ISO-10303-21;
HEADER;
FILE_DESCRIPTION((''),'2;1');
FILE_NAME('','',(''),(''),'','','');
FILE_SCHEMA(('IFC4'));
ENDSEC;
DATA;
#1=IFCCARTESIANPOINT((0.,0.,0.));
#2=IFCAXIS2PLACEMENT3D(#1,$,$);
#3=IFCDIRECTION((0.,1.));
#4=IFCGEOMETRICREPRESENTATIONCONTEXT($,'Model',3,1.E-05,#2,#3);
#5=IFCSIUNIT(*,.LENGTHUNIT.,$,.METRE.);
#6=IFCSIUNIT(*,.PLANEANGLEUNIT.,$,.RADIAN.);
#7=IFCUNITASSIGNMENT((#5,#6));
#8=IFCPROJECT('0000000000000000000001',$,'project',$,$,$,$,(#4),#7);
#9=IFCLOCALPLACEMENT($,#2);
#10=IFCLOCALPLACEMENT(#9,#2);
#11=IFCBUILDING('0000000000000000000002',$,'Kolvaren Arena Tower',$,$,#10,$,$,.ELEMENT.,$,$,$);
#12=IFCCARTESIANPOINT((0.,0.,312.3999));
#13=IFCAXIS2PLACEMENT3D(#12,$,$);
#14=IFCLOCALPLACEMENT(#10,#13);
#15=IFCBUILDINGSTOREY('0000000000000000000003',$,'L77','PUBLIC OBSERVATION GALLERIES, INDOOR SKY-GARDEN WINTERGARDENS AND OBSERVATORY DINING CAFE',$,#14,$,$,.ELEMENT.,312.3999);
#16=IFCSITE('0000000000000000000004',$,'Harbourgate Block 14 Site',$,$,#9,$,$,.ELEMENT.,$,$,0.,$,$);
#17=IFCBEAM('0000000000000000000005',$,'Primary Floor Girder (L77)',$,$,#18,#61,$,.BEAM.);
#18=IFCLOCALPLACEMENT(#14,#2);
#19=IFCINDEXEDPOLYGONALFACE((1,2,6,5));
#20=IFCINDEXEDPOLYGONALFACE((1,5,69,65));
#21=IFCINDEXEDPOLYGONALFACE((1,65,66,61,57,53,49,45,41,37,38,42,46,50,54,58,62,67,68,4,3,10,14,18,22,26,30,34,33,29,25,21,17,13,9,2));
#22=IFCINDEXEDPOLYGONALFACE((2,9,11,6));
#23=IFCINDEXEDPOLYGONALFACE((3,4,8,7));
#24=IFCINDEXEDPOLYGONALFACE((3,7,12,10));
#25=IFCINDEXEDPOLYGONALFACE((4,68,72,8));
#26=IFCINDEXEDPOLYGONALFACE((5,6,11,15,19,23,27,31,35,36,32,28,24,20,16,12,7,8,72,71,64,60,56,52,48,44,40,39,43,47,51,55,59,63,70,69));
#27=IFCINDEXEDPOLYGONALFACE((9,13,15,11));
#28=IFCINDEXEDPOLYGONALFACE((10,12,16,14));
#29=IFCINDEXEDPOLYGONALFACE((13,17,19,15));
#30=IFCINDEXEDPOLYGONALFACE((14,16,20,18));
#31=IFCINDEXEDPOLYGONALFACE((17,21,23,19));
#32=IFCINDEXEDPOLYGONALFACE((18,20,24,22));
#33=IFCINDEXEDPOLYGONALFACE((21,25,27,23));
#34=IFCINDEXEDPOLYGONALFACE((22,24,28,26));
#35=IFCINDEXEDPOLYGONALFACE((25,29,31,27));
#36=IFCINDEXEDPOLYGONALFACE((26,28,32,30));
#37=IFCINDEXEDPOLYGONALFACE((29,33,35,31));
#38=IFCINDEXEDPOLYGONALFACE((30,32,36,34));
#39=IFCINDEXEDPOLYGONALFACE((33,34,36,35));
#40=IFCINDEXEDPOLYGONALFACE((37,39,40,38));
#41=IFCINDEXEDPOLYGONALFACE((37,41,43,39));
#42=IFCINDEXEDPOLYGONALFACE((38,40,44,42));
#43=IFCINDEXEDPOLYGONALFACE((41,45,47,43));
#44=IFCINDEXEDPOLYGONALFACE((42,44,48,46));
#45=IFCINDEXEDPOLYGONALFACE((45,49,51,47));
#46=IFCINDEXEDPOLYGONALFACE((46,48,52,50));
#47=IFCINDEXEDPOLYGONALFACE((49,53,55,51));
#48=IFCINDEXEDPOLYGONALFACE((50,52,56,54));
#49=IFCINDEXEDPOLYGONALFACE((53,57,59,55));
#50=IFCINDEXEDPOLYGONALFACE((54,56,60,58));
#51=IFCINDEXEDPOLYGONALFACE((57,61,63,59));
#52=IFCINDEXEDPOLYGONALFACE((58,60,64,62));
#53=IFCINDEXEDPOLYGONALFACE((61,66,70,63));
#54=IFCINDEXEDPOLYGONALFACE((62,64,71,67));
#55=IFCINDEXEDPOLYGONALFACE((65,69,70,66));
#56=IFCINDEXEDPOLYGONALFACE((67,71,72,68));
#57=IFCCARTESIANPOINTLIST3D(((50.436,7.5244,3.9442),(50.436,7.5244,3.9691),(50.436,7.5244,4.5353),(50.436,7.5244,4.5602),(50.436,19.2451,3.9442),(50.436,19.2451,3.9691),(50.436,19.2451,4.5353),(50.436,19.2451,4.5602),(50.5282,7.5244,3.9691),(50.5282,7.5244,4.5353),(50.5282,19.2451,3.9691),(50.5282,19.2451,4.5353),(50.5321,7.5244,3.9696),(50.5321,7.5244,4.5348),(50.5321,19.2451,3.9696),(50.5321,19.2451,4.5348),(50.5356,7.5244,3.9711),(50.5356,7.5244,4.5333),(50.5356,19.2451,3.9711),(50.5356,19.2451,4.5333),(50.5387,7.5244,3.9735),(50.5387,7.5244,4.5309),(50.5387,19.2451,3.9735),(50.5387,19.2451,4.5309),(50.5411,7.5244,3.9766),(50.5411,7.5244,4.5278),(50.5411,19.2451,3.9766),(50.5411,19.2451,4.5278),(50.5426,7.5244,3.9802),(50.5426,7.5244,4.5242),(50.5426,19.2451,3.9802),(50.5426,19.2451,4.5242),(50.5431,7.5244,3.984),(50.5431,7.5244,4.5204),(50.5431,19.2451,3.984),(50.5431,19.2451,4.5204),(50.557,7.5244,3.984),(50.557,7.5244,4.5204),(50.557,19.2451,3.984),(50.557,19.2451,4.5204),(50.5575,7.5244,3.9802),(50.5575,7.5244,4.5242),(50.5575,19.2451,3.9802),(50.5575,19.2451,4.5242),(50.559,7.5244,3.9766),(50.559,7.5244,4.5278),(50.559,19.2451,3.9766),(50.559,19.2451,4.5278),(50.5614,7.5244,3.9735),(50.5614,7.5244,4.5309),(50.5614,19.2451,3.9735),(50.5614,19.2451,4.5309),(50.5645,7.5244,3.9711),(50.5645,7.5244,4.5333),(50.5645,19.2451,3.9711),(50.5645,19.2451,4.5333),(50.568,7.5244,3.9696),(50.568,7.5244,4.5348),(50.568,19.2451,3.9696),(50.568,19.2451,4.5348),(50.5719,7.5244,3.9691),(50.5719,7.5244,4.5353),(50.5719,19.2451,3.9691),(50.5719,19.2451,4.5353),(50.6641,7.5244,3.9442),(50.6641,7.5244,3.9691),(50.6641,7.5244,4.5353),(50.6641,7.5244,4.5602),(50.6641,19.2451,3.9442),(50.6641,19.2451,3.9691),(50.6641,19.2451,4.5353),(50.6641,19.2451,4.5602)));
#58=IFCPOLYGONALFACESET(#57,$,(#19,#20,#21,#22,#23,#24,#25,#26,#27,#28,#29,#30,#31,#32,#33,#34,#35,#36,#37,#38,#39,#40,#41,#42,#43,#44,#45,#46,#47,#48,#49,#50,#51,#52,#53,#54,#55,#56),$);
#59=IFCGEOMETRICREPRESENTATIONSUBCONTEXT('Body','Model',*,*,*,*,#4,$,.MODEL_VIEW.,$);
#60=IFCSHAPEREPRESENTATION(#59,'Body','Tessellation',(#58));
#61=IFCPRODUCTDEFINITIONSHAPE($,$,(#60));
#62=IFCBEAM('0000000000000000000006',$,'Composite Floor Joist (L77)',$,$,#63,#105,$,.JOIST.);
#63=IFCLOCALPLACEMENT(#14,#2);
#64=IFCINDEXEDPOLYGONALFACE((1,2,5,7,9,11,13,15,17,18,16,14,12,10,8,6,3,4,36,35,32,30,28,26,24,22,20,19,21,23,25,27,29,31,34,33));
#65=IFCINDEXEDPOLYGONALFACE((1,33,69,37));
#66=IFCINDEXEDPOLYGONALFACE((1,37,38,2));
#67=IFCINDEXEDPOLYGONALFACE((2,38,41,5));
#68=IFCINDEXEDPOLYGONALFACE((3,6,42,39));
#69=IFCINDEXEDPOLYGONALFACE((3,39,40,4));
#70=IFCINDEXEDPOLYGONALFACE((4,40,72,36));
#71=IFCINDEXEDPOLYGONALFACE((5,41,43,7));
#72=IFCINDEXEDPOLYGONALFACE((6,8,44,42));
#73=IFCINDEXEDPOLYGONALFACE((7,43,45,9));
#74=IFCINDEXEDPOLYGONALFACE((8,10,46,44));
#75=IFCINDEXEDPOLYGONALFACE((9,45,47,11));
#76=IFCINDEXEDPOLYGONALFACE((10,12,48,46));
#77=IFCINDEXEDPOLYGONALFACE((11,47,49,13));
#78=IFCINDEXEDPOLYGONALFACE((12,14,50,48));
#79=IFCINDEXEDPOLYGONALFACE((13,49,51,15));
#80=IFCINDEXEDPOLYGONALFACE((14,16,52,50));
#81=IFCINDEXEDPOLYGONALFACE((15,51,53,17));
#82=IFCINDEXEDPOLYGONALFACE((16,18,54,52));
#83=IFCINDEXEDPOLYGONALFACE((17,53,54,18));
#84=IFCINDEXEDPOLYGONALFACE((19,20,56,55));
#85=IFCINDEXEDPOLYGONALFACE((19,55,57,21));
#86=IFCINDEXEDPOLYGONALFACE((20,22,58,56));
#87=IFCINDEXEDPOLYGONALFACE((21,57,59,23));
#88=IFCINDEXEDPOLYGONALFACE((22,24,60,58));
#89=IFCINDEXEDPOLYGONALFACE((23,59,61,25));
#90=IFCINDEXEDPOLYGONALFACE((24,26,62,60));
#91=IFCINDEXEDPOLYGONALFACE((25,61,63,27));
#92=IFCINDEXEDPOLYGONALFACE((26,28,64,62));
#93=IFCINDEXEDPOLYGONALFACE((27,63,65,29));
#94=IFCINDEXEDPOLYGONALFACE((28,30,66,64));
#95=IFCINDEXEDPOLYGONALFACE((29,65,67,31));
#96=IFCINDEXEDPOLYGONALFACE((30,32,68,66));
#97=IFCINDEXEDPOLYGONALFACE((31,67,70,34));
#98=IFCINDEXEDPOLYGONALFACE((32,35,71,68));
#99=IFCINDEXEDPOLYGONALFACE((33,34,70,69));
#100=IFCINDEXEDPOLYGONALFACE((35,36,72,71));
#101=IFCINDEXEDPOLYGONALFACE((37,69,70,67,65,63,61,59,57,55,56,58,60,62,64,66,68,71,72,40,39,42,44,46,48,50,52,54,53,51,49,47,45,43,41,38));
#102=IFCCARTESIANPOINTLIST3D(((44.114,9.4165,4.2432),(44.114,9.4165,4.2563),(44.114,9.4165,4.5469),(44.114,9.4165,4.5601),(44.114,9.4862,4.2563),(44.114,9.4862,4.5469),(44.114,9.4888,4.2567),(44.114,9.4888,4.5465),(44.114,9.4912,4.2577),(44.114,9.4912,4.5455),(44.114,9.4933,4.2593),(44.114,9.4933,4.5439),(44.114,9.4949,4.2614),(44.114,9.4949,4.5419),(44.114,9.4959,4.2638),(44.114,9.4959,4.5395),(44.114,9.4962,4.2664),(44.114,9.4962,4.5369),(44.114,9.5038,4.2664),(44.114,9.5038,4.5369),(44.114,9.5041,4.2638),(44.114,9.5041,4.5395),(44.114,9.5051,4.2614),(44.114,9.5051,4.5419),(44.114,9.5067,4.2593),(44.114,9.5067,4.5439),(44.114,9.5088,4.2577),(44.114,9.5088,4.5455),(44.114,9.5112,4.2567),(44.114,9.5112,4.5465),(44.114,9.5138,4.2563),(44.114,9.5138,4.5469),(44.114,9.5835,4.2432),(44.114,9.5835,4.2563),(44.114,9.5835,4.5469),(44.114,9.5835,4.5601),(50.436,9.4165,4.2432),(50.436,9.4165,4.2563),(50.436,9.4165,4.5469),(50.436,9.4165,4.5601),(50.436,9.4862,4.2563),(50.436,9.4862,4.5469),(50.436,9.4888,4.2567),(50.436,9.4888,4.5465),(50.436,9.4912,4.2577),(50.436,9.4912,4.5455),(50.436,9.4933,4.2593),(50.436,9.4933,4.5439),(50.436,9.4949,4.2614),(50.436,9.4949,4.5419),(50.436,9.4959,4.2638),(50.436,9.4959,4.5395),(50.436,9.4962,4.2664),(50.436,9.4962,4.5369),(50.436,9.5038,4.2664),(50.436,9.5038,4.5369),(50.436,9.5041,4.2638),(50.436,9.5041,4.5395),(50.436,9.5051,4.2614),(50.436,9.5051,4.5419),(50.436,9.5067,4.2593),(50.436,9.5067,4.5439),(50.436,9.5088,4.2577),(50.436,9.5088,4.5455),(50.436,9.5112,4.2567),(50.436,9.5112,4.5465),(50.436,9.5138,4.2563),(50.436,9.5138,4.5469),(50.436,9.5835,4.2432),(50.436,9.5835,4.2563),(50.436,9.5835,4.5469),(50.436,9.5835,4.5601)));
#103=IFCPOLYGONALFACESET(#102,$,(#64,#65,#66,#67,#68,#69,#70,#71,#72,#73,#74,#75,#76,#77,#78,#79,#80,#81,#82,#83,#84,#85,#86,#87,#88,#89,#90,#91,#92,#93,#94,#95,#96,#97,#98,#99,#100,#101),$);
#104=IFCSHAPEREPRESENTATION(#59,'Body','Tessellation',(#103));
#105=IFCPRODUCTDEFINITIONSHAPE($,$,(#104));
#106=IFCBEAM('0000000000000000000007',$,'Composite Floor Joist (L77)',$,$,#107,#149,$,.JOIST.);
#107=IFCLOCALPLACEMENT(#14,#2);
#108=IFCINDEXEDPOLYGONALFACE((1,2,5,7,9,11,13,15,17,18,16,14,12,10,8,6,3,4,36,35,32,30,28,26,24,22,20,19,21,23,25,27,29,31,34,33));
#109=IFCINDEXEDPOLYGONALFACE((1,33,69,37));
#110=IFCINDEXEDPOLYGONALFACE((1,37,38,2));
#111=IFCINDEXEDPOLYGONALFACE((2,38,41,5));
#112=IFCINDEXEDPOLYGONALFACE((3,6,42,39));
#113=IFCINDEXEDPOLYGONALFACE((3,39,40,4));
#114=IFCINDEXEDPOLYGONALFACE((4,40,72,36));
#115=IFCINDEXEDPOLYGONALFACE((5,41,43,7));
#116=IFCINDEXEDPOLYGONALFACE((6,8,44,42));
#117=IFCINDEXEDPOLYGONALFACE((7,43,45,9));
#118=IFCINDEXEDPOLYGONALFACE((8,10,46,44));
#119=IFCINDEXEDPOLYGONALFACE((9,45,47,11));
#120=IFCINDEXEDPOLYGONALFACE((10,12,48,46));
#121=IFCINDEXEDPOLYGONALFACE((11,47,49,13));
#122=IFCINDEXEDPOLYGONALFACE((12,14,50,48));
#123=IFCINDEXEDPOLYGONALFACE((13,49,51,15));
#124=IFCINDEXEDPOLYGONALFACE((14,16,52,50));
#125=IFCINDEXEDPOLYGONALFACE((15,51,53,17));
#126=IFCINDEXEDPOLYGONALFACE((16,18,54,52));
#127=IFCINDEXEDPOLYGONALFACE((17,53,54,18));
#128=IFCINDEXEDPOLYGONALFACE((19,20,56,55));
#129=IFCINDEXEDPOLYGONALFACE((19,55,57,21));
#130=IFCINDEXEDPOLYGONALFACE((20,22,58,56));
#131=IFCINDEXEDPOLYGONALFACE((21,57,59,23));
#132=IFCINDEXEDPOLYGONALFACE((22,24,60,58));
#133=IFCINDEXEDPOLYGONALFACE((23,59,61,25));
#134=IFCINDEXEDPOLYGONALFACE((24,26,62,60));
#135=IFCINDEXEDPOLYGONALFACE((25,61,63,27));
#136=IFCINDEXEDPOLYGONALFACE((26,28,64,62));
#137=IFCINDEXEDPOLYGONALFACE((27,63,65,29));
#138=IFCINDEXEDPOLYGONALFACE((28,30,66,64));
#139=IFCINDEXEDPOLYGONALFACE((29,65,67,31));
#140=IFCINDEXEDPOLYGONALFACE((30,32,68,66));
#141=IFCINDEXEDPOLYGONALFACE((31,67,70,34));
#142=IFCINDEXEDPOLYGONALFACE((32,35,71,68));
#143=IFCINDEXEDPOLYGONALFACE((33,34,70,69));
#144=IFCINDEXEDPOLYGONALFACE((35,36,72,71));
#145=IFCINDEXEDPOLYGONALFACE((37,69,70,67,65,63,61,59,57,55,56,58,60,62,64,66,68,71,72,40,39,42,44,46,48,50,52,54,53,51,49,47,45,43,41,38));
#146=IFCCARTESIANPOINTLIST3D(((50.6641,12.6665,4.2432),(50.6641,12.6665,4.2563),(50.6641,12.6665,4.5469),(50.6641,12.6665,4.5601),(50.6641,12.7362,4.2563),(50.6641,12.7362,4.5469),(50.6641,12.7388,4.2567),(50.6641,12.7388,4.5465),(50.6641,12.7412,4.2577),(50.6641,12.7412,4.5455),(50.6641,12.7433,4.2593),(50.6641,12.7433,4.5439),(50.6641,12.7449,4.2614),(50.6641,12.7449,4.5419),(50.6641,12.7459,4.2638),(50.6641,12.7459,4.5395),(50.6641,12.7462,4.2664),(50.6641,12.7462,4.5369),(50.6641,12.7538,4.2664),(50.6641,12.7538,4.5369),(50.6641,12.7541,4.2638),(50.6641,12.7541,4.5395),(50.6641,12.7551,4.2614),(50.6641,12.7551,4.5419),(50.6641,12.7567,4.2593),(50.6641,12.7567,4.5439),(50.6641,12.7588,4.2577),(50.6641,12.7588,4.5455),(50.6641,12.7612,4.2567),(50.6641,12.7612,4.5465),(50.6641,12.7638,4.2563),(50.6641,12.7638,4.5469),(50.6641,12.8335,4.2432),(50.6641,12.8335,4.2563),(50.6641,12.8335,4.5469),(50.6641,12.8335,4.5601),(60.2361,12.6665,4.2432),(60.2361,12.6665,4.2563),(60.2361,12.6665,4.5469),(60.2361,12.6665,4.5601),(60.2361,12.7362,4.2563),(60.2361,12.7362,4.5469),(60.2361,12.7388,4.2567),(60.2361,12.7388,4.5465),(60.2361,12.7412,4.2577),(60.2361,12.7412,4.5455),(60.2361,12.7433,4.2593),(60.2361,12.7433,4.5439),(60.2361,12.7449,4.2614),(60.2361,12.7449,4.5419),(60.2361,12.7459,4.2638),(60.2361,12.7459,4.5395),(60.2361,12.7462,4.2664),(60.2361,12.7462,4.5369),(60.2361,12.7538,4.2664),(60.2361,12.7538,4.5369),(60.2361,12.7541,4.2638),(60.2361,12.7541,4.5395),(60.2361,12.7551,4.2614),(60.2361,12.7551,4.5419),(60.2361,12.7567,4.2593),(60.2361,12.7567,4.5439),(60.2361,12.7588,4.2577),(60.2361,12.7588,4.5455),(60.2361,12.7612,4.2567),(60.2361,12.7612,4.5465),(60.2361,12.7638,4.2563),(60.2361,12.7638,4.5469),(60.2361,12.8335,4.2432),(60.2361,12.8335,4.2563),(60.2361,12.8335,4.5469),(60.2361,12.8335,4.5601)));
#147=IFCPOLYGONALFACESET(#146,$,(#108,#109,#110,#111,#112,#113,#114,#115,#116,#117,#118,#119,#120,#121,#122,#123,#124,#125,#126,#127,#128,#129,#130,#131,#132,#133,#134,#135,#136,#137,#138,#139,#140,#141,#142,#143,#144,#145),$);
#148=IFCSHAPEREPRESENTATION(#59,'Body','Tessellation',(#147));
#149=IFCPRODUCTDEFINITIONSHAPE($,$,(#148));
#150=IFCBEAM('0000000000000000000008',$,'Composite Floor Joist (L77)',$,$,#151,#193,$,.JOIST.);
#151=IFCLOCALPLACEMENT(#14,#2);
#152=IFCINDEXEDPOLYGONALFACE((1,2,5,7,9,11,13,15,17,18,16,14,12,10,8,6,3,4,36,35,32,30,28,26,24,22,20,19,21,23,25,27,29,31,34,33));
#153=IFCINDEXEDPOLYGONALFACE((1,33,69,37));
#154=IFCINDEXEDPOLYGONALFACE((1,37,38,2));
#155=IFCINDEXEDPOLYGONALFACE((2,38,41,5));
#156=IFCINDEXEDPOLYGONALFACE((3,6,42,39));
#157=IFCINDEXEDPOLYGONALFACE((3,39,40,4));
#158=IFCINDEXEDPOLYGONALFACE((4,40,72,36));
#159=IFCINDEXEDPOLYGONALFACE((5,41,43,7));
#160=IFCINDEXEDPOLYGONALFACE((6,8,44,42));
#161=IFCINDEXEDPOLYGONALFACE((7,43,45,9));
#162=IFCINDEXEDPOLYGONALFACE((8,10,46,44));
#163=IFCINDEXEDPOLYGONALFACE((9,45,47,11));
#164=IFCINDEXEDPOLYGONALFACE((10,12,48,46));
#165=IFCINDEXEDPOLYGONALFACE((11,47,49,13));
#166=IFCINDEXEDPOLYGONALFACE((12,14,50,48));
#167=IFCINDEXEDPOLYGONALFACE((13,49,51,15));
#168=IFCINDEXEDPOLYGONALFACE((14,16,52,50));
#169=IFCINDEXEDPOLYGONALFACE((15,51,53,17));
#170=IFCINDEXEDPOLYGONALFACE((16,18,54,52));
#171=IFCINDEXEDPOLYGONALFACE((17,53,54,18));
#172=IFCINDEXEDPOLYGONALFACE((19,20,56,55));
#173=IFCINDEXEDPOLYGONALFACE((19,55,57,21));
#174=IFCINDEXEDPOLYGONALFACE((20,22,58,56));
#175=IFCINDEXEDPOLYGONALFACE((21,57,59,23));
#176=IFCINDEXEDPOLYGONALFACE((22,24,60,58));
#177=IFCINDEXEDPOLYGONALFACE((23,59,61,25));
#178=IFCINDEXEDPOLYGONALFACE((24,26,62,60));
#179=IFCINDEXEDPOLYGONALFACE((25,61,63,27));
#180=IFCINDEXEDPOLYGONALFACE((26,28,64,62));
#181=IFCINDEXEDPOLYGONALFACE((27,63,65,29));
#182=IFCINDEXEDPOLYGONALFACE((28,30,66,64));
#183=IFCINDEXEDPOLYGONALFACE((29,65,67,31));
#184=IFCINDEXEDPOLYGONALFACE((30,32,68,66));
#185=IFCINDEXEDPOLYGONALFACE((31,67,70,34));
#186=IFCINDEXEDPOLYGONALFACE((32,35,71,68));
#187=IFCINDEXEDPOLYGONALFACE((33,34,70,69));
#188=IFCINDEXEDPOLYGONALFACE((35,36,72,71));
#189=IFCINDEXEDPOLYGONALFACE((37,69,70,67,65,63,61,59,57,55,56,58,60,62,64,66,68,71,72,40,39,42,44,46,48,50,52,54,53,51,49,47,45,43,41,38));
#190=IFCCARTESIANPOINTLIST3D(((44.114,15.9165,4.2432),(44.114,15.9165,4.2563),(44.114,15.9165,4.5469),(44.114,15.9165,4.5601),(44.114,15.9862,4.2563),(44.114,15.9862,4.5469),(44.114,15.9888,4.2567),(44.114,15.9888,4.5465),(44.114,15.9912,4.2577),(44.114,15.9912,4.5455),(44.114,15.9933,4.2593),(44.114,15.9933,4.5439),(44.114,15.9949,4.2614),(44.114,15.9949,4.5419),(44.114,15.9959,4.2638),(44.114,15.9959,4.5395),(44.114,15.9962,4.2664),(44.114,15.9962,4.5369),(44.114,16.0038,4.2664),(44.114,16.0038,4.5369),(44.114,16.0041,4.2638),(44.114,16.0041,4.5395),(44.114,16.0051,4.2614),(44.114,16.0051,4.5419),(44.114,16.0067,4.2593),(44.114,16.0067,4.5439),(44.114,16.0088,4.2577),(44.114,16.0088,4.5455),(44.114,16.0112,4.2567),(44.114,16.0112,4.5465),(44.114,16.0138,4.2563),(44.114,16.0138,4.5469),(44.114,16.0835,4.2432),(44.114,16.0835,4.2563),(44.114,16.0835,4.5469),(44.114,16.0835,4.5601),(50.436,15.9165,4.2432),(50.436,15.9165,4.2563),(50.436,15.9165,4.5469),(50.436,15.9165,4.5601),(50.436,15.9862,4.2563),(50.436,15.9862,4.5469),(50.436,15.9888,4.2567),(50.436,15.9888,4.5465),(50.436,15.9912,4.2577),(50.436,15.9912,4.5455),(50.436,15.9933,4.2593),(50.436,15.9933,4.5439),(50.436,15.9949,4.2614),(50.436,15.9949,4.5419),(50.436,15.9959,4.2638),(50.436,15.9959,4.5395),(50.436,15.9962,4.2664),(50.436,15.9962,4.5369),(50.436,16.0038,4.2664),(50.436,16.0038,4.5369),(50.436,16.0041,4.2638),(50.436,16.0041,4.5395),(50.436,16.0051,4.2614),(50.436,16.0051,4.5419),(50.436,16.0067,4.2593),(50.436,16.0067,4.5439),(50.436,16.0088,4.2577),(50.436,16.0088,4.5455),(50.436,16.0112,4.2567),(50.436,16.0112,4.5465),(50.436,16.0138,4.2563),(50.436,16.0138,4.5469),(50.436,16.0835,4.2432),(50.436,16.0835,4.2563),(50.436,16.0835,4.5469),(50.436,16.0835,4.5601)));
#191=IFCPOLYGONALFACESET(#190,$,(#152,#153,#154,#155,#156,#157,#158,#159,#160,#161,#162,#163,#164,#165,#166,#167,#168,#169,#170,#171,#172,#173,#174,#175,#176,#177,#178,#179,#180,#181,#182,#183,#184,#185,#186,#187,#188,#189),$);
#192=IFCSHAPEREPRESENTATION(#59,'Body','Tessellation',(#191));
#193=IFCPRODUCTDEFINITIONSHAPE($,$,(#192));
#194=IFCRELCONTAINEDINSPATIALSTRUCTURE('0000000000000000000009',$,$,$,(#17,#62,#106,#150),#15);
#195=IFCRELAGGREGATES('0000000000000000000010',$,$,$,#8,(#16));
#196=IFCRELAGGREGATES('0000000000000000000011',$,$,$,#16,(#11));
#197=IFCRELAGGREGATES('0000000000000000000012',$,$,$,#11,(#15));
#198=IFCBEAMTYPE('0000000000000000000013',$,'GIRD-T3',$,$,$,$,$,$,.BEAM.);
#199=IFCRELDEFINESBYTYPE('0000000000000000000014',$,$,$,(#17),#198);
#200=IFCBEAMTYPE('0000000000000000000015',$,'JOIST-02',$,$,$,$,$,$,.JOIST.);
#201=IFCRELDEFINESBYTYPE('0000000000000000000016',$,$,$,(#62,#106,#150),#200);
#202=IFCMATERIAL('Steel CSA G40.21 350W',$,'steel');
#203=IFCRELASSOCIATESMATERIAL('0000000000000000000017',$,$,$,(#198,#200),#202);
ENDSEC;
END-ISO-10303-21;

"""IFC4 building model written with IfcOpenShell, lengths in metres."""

from ifc_helpers import new_model, si_unit, direction, frame, origin, origin_2d, place, context, subcontext, project, spatial, i_section, extrude, material, material_profile, profile_set, type_object, element, save


model = new_model("IFC4")

# Units and contexts
model_context = context("Model", 3, precision=1e-05, world=origin(), true_north=direction((0.0, 1.0)))
body_context = subcontext(model_context, "Body", "Model", "MODEL_VIEW")
ifc_project = project(units=[si_unit("LENGTHUNIT", "METRE"), si_unit("PLANEANGLEUNIT", "RADIAN")], contexts=[model_context])

# Site, building, storey
site_placement = place(None, origin())
site = spatial("IfcSite", under=ifc_project, at=site_placement, Name="Harbourgate Block 14 Site", CompositionType="ELEMENT", RefElevation=0.0)
building_placement = place(site_placement, origin())
building = spatial("IfcBuilding", under=site, at=building_placement, Name="Kolvaren Arena Tower", CompositionType="ELEMENT")
storey_placement = place(building_placement, frame((0.0, 0.0, 312.3999)))
storey = spatial("IfcBuildingStorey", under=building, at=storey_placement, Name="L77", Description="PUBLIC OBSERVATION GALLERIES, INDOOR SKY-GARDEN WINTERGARDENS AND OBSERVATORY DINING CAFE", CompositionType="ELEMENT", Elevation=312.3999)

# Beams
ifc_material_1 = material(Name="Steel CSA G40.21 350W", Category="steel")
ifc_material_profile_1 = material_profile(ifc_material_1, i_section(OverallWidth=0.228, OverallDepth=0.616, WebThickness=0.0139, FlangeThickness=0.0249, FilletRadius=0.0149, at=origin_2d()), Name="W610x174")
ifc_profile_set_1 = profile_set([ifc_material_profile_1], Name="Steel CSA G40.21 350W")
beam_type_1 = type_object("IfcBeamType", Name="GIRD-T3", PredefinedType="BEAM", material=ifc_profile_set_1)
beam_1_placement = place(storey_placement, frame((50.55, 7.5244, 4.2522), z_axis=(0.0, 1.0, 0.0), x_axis=(-1.0, 0.0, 0.0)))
element("IfcBeam", 1, at=beam_1_placement, inside=storey, type_object=beam_type_1, Name="Primary Floor Girder (L77)", PredefinedType="BEAM", context=body_context, shape_type="SweptSolid", body=[
    extrude(i_section(OverallWidth=0.228, OverallDepth=0.616, WebThickness=0.0139, FlangeThickness=0.0249, FilletRadius=0.0149, at=origin_2d()), origin(), (0.0, 0.0, 1.0), 11.7207),
])
ifc_material_profile_2 = material_profile(ifc_material_1, i_section(OverallWidth=0.167, OverallDepth=0.3169, WebThickness=0.0076, FlangeThickness=0.0132, FilletRadius=0.01, at=origin_2d()), Name="W310x52")
ifc_profile_set_2 = profile_set([ifc_material_profile_2], Name="Steel CSA G40.21 350W")
beam_type_2 = type_object("IfcBeamType", Name="JOIST-02", PredefinedType="JOIST", material=ifc_profile_set_2)
beam_2_placement = place(storey_placement, frame((44.114, 9.5, 4.4016), z_axis=(1.0, 0.0, 0.0), x_axis=(0.0, 1.0, 0.0)))
element("IfcBeam", 2, at=beam_2_placement, inside=storey, type_object=beam_type_2, Name="Composite Floor Joist (L77)", PredefinedType="JOIST", context=body_context, shape_type="SweptSolid", body=[
    extrude(i_section(OverallWidth=0.167, OverallDepth=0.3169, WebThickness=0.0076, FlangeThickness=0.0132, FilletRadius=0.01, at=origin_2d()), origin(), (0.0, 0.0, 1.0), 6.322),
])
beam_3_placement = place(storey_placement, frame((50.6641, 12.75, 4.4016), z_axis=(1.0, 0.0, 0.0), x_axis=(0.0, 1.0, 0.0)))
element("IfcBeam", 3, at=beam_3_placement, inside=storey, type_object=beam_type_2, Name="Composite Floor Joist (L77)", PredefinedType="JOIST", context=body_context, shape_type="SweptSolid", body=[
    extrude(i_section(OverallWidth=0.167, OverallDepth=0.3169, WebThickness=0.0076, FlangeThickness=0.0132, FilletRadius=0.01, at=origin_2d()), origin(), (0.0, 0.0, 1.0), 9.572),
])
beam_4_placement = place(storey_placement, frame((44.114, 16.0, 4.4016), z_axis=(1.0, 0.0, 0.0), x_axis=(0.0, 1.0, 0.0)))
element("IfcBeam", 4, at=beam_4_placement, inside=storey, type_object=beam_type_2, Name="Composite Floor Joist (L77)", PredefinedType="JOIST", context=body_context, shape_type="SweptSolid", body=[
    extrude(i_section(OverallWidth=0.167, OverallDepth=0.3169, WebThickness=0.0076, FlangeThickness=0.0132, FilletRadius=0.01, at=origin_2d()), origin(), (0.0, 0.0, 1.0), 6.322),
])

save(model, "model.ifc")
